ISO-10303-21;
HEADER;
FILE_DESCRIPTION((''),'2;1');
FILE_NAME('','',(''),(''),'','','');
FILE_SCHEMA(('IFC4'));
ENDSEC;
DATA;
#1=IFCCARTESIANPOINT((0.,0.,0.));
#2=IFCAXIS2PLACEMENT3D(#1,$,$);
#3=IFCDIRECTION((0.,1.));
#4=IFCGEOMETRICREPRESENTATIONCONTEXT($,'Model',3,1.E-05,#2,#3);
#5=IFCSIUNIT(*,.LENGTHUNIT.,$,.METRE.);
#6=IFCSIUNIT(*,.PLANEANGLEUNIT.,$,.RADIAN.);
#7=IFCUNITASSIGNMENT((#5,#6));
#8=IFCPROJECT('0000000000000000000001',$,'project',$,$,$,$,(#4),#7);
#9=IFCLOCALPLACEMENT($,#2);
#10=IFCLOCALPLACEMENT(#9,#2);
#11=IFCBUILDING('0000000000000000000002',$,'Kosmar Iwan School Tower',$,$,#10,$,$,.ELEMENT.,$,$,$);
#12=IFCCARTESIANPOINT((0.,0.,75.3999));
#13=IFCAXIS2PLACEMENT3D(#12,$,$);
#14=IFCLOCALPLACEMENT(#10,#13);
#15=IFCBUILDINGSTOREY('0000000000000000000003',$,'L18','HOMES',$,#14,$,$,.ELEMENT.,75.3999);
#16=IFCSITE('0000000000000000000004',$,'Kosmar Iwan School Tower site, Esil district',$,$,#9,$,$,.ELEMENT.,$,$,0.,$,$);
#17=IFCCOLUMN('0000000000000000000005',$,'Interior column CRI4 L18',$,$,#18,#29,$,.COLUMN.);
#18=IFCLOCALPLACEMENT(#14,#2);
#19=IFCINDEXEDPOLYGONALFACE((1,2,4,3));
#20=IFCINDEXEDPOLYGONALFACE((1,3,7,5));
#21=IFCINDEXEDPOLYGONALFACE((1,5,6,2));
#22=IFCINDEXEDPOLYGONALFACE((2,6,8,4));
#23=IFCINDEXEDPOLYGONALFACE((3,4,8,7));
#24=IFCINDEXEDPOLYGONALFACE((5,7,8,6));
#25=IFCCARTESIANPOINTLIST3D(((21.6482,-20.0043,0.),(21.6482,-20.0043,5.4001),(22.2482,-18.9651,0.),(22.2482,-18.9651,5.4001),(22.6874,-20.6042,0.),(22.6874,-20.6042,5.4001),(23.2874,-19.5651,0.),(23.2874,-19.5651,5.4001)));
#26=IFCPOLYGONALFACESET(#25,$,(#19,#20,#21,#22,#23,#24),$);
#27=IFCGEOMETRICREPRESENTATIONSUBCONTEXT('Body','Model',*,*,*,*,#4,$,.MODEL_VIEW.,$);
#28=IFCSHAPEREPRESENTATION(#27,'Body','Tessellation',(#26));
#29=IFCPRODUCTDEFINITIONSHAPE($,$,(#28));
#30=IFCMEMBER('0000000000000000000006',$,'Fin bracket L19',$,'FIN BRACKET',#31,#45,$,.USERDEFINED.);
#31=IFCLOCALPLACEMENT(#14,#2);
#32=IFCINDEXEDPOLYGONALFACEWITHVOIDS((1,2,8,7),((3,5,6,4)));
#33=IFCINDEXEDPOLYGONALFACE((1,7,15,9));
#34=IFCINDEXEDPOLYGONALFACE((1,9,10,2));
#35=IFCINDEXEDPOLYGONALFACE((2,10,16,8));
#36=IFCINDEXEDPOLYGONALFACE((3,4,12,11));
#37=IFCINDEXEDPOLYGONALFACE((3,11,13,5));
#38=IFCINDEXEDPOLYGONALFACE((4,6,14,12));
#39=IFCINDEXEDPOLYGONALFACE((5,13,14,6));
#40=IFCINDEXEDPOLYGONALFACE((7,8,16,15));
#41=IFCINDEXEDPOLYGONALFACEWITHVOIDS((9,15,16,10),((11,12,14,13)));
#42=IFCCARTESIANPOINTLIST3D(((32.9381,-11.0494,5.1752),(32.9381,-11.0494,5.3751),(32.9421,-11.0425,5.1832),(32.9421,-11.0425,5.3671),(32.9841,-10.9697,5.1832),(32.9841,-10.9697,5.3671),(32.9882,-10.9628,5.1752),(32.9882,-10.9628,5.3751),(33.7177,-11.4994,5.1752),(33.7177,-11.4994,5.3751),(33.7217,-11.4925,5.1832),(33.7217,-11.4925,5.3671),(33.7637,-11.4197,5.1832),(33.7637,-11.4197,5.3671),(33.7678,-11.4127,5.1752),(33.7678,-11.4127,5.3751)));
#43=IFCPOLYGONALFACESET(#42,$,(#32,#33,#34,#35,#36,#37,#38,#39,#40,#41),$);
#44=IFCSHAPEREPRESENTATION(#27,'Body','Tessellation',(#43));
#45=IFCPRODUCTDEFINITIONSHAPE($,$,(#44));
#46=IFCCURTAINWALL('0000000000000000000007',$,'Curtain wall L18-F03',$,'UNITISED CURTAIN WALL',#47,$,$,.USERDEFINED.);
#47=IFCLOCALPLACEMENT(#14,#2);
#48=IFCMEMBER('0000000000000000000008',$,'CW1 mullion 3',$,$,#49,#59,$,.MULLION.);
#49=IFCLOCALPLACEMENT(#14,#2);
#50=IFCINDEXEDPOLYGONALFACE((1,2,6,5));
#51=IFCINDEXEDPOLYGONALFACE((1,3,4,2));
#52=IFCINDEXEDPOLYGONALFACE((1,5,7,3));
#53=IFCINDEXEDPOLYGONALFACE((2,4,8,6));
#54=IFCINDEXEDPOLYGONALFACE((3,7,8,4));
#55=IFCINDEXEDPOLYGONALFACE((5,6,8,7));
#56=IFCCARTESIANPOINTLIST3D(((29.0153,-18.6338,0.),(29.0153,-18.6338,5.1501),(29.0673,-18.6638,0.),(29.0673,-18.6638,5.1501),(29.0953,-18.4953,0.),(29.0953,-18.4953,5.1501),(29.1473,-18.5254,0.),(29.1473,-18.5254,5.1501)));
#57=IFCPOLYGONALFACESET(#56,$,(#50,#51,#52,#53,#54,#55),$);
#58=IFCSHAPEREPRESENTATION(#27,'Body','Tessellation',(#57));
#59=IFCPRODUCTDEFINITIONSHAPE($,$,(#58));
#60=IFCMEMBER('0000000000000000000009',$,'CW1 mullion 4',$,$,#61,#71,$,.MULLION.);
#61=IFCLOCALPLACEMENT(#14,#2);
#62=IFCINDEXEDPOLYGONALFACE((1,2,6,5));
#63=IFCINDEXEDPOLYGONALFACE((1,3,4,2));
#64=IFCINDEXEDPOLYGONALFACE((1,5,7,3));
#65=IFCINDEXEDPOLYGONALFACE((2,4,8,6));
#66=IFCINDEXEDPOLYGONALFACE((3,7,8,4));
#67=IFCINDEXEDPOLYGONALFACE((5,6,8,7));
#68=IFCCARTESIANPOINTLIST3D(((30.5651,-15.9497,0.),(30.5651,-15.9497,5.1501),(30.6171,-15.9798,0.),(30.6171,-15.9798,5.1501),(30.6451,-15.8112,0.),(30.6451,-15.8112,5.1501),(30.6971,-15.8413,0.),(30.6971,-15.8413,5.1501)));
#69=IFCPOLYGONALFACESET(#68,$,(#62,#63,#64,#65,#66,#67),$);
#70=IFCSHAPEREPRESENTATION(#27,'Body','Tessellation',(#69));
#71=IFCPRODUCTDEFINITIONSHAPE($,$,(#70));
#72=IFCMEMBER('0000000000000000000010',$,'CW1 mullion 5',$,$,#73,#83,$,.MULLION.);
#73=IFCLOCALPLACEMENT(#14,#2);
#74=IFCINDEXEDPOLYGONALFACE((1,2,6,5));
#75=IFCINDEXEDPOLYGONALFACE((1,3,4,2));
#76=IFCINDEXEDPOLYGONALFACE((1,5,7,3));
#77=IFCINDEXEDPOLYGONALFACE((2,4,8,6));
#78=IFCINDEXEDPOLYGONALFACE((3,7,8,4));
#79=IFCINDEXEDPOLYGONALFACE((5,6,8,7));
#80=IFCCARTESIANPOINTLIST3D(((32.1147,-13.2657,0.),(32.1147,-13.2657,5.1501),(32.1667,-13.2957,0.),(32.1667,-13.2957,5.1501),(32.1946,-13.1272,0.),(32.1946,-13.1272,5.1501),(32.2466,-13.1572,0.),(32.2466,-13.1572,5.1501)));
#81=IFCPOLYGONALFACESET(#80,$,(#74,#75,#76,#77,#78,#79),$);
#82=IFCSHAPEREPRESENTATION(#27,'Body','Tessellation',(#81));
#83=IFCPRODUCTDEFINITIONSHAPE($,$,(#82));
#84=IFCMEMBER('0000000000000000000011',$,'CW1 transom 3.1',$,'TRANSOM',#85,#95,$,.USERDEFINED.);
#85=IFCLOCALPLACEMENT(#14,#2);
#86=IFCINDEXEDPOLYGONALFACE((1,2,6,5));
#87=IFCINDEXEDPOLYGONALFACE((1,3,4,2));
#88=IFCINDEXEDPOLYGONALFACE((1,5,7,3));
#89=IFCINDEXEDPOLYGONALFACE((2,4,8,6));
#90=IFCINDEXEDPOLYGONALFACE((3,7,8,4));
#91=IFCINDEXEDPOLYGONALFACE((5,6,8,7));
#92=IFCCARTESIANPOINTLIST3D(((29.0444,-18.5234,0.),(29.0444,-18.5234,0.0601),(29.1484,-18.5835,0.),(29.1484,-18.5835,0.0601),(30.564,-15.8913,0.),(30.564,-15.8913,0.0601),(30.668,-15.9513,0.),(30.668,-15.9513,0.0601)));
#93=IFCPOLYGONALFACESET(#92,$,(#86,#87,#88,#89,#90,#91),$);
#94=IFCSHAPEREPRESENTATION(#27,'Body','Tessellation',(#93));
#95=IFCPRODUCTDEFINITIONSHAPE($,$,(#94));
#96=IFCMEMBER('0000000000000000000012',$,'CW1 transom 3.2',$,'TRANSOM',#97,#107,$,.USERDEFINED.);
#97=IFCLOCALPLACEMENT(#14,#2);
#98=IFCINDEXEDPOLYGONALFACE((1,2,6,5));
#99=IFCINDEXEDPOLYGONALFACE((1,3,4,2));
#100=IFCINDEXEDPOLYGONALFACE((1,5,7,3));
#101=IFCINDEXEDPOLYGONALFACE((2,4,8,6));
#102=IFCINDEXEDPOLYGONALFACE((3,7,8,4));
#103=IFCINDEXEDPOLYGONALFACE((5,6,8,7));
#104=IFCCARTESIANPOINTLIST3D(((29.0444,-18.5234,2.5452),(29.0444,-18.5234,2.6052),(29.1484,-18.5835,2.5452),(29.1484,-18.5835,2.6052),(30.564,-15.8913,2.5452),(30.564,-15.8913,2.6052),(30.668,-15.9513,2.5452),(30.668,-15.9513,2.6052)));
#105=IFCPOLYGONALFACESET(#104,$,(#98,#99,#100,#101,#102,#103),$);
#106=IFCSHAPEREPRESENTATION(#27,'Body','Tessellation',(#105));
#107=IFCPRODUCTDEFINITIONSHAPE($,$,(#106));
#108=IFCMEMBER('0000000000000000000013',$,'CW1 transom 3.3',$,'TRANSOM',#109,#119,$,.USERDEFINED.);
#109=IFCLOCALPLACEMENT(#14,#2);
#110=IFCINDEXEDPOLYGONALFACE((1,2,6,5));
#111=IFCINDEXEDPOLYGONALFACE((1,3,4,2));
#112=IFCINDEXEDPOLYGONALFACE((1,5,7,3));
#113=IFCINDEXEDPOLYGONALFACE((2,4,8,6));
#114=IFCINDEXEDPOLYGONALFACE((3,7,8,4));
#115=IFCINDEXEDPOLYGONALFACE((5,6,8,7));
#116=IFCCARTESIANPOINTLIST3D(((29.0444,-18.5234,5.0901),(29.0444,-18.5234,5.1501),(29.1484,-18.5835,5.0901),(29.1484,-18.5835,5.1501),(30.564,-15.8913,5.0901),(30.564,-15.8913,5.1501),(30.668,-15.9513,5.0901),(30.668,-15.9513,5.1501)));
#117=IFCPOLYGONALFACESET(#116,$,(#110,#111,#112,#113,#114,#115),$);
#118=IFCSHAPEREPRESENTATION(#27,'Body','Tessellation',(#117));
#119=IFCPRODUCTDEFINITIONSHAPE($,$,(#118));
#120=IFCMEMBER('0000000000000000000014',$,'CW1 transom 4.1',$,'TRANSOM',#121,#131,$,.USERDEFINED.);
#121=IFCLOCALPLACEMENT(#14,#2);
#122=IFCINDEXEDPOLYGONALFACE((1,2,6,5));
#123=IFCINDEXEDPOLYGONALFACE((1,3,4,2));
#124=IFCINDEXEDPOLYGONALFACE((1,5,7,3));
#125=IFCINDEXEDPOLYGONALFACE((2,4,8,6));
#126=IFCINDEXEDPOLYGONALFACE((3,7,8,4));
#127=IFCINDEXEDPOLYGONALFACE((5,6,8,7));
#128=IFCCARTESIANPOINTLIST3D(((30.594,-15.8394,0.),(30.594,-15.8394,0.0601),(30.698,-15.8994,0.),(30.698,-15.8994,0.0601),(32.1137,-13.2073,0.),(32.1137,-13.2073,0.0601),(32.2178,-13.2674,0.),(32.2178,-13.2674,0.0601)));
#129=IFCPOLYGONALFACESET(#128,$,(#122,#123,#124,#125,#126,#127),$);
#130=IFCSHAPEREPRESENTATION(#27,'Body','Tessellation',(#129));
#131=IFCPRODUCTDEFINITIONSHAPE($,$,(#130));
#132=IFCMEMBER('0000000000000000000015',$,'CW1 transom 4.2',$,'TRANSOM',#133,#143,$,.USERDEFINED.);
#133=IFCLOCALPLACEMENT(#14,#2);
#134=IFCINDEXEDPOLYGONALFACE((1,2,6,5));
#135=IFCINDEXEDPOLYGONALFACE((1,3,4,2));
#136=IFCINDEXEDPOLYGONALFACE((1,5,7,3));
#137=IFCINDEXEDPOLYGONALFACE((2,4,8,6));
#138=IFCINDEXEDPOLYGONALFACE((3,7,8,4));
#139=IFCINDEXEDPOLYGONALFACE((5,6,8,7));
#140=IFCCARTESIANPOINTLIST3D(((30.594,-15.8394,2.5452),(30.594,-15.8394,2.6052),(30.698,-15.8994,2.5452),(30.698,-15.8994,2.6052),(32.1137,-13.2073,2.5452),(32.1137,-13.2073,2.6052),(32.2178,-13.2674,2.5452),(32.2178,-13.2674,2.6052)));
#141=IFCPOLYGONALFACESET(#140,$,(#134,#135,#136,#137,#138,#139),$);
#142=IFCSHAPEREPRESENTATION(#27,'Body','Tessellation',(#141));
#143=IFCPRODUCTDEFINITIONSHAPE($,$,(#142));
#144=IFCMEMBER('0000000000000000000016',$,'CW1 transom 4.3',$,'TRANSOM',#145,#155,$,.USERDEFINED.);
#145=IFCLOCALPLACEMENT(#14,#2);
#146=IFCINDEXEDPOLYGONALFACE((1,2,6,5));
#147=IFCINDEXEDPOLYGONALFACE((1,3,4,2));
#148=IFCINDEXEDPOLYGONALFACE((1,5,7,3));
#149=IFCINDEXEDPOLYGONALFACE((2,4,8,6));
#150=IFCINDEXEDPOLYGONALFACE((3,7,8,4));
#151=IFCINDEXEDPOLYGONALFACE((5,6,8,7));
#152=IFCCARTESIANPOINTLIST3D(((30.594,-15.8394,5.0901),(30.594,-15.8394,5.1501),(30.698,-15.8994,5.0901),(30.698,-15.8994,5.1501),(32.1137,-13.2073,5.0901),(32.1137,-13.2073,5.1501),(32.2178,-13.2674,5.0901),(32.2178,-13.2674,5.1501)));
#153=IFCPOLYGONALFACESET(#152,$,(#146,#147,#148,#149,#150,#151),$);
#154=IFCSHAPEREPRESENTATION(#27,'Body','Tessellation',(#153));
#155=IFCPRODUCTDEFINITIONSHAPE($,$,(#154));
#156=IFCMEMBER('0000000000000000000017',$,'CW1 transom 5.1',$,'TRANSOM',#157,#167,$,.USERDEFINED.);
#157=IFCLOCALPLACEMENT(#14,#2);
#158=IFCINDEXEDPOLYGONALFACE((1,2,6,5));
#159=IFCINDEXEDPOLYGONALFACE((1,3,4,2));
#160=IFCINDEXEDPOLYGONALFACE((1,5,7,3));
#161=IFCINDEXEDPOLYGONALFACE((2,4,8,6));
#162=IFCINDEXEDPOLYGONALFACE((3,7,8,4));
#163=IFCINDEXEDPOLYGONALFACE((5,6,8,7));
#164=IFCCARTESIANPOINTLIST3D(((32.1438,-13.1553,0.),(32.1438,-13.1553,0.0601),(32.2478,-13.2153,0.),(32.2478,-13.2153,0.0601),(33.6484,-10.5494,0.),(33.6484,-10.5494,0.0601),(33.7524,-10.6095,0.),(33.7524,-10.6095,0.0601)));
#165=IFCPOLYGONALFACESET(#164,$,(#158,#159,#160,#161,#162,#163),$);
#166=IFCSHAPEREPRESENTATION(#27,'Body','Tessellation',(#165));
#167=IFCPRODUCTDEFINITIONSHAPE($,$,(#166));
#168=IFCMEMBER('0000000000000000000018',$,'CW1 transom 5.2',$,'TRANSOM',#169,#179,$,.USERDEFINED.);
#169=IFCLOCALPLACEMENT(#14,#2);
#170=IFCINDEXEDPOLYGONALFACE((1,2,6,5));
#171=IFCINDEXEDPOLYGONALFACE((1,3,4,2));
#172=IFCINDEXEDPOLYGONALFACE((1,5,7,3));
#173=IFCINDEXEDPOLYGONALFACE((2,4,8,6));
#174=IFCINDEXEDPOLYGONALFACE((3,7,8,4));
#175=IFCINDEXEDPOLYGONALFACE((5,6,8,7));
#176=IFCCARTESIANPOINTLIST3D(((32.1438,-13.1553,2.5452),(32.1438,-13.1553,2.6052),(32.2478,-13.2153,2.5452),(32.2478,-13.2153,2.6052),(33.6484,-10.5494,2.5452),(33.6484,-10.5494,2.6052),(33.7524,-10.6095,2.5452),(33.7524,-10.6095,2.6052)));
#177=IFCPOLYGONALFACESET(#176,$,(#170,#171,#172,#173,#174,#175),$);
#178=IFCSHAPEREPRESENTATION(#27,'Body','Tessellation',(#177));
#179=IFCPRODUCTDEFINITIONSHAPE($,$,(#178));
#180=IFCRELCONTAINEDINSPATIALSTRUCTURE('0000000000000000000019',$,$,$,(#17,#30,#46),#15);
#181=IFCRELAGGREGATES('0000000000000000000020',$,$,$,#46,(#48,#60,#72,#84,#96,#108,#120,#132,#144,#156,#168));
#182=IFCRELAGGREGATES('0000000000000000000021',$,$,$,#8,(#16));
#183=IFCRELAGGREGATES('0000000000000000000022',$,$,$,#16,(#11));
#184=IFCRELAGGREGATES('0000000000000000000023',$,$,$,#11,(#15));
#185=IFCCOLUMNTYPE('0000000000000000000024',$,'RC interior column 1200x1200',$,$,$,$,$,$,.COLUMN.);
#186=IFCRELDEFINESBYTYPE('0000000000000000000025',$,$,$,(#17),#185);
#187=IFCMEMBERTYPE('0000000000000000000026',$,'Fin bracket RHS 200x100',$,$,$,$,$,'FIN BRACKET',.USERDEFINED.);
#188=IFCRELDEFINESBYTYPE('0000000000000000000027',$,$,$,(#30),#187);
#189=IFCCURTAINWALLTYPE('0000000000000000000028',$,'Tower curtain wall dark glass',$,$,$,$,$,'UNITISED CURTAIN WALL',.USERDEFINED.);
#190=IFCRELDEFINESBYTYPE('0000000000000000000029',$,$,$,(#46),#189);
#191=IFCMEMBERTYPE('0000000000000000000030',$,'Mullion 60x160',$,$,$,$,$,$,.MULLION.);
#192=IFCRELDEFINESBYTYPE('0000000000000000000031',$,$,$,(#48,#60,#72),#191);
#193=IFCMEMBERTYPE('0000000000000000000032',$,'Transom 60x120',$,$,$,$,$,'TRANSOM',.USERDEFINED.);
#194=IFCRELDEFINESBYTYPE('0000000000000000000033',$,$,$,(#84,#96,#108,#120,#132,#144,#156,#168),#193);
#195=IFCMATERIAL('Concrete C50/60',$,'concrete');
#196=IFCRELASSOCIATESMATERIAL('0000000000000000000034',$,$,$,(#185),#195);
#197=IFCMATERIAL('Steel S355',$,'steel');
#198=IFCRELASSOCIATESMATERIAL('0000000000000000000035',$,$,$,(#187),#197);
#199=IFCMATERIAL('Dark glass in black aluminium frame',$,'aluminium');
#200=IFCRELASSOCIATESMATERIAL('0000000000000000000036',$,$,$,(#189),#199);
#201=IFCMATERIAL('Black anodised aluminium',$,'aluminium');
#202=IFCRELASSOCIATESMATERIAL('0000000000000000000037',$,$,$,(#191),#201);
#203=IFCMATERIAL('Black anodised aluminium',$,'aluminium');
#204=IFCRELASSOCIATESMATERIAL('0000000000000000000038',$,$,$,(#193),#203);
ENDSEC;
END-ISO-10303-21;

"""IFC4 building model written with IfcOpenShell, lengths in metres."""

from ifc_helpers import new_model, si_unit, direction, frame, origin, origin_2d, place, context, subcontext, project, spatial, rectangle, hollow_rectangle, extrude, material, material_profile, profile_set, type_object, element, aggregate, save


model = new_model("IFC4")

# Units and contexts
model_context = context("Model", 3, precision=1e-05, world=origin(), true_north=direction((0.0, 1.0)))
body_context = subcontext(model_context, "Body", "Model", "MODEL_VIEW")
ifc_project = project(units=[si_unit("LENGTHUNIT", "METRE"), si_unit("PLANEANGLEUNIT", "RADIAN")], contexts=[model_context])

# Site, building, storey
site_placement = place(None, origin())
site = spatial("IfcSite", under=ifc_project, at=site_placement, Name="Kosmar Iwan School Tower site, Esil district", CompositionType="ELEMENT", RefElevation=0.0)
building_placement = place(site_placement, origin())
building = spatial("IfcBuilding", under=site, at=building_placement, Name="Kosmar Iwan School Tower", CompositionType="ELEMENT")
storey_placement = place(building_placement, frame((0.0, 0.0, 75.3999)))
storey = spatial("IfcBuildingStorey", under=building, at=storey_placement, Name="L18", Description="HOMES", CompositionType="ELEMENT", Elevation=75.3999)

# Column
ifc_material_1 = material(Name="Concrete C50/60", Category="concrete")
ifc_material_profile_1 = material_profile(ifc_material_1, rectangle(XDim=1.2, YDim=1.2, at=origin_2d()), Name="RC 1200x1200")
ifc_profile_set_1 = profile_set([ifc_material_profile_1], Name="Concrete C50/60")
column_type = type_object("IfcColumnType", Name="RC interior column 1200x1200", PredefinedType="COLUMN", material=ifc_profile_set_1)
column_placement = place(storey_placement, frame((22.4678, -19.7847, 0.0), z_axis=(0.0, 0.0, 1.0), x_axis=(0.866025, -0.5, 0.0)))
element("IfcColumn", 1, at=column_placement, inside=storey, type_object=column_type, Name="Interior column CRI4 L18", PredefinedType="COLUMN", context=body_context, shape_type="SweptSolid", body=[
    extrude(rectangle(XDim=1.2, YDim=1.2, at=origin_2d()), origin(), (0.0, 0.0, 1.0), 5.4001),
])

# Member
ifc_material_2 = material(Name="Steel S355", Category="steel")
ifc_material_profile_2 = material_profile(ifc_material_2, hollow_rectangle(XDim=0.1001, YDim=0.2, WallThickness=0.0081, at=origin_2d()), Name="RHS 200x100x8")
ifc_profile_set_2 = profile_set([ifc_material_profile_2], Name="Steel S355")
member_type_1 = type_object("IfcMemberType", Name="Fin bracket RHS 200x100", ElementType="FIN BRACKET", PredefinedType="USERDEFINED", material=ifc_profile_set_2)
member_1_placement = place(storey_placement, frame((32.9631, -11.0061, 5.2751), z_axis=(0.866082, -0.499902, 0.0), x_axis=(0.499902, 0.866082, 0.0)))
element("IfcMember", 2, at=member_1_placement, inside=storey, type_object=member_type_1, Name="Fin bracket L19", ObjectType="FIN BRACKET", PredefinedType="USERDEFINED", context=body_context, shape_type="SweptSolid", body=[
    extrude(hollow_rectangle(XDim=0.1001, YDim=0.2, WallThickness=0.0081, at=origin_2d()), origin(), (0.0, 0.0, 1.0), 0.9001),
])

# Curtain wall, members
ifc_material_3 = material(Name="Dark glass in black aluminium frame", Category="aluminium")
curtain_wall_type = type_object("IfcCurtainWallType", Name="Tower curtain wall dark glass", ElementType="UNITISED CURTAIN WALL", PredefinedType="USERDEFINED", material=ifc_material_3)
curtain_wall_placement = place(storey_placement, origin())
curtain_wall = element("IfcCurtainWall", 3, at=curtain_wall_placement, inside=storey, type_object=curtain_wall_type, Name="Curtain wall L18-F03", ObjectType="UNITISED CURTAIN WALL", PredefinedType="USERDEFINED")
ifc_material_4 = material(Name="Black anodised aluminium", Category="aluminium")
ifc_material_profile_3 = material_profile(ifc_material_4, rectangle(XDim=0.0601, YDim=0.1599, at=origin_2d()), Name="MULLION 60x160")
ifc_profile_set_3 = profile_set([ifc_material_profile_3], Name="Black anodised aluminium")
member_type_2 = type_object("IfcMemberType", Name="Mullion 60x160", PredefinedType="MULLION", material=ifc_profile_set_3)
member_2_placement = place(storey_placement, frame((29.0813, -18.5796, 0.0), z_axis=(0.0, 0.0, 1.0), x_axis=(-0.866025, 0.5, 0.0)))
member_2 = element("IfcMember", 4, at=member_2_placement, type_object=member_type_2, Name="CW1 mullion 3", PredefinedType="MULLION", context=body_context, shape_type="SweptSolid", body=[
    extrude(rectangle(XDim=0.0601, YDim=0.1599, at=origin_2d()), origin(), (0.0, 0.0, 1.0), 5.1501),
])
member_3_placement = place(storey_placement, frame((30.6311, -15.8955, 0.0), z_axis=(0.0, 0.0, 1.0), x_axis=(-0.866025, 0.5, 0.0)))
member_3 = element("IfcMember", 5, at=member_3_placement, type_object=member_type_2, Name="CW1 mullion 4", PredefinedType="MULLION", context=body_context, shape_type="SweptSolid", body=[
    extrude(rectangle(XDim=0.0601, YDim=0.1599, at=origin_2d()), origin(), (0.0, 0.0, 1.0), 5.1501),
])
member_4_placement = place(storey_placement, frame((32.1807, -13.2114, 0.0), z_axis=(0.0, 0.0, 1.0), x_axis=(-0.866025, 0.5, 0.0)))
member_4 = element("IfcMember", 6, at=member_4_placement, type_object=member_type_2, Name="CW1 mullion 5", PredefinedType="MULLION", context=body_context, shape_type="SweptSolid", body=[
    extrude(rectangle(XDim=0.0601, YDim=0.1599, at=origin_2d()), origin(), (0.0, 0.0, 1.0), 5.1501),
])
ifc_material_5 = material(Name="Black anodised aluminium", Category="aluminium")
ifc_material_profile_4 = material_profile(ifc_material_5, rectangle(XDim=0.1201, YDim=0.0601, at=origin_2d()), Name="TRANSOM 60x120")
ifc_profile_set_4 = profile_set([ifc_material_profile_4], Name="Black anodised aluminium")
member_type_3 = type_object("IfcMemberType", Name="Transom 60x120", ElementType="TRANSOM", PredefinedType="USERDEFINED", material=ifc_profile_set_4)
member_5_placement = place(storey_placement, frame((29.0964, -18.5535, 0.03), z_axis=(0.499975, 0.86604, 0.0), x_axis=(-0.86604, 0.499975, 0.0)))
member_5 = element("IfcMember", 7, at=member_5_placement, type_object=member_type_3, Name="CW1 transom 3.1", ObjectType="TRANSOM", PredefinedType="USERDEFINED", context=body_context, shape_type="SweptSolid", body=[
    extrude(rectangle(XDim=0.1201, YDim=0.0601, at=origin_2d()), origin(), (0.0, 0.0, 1.0), 3.0393),
])
member_6_placement = place(storey_placement, frame((29.0964, -18.5535, 2.5752), z_axis=(0.499975, 0.86604, 0.0), x_axis=(-0.86604, 0.499975, 0.0)))
member_6 = element("IfcMember", 8, at=member_6_placement, type_object=member_type_3, Name="CW1 transom 3.2", ObjectType="TRANSOM", PredefinedType="USERDEFINED", context=body_context, shape_type="SweptSolid", body=[
    extrude(rectangle(XDim=0.1201, YDim=0.0601, at=origin_2d()), origin(), (0.0, 0.0, 1.0), 3.0393),
])
member_7_placement = place(storey_placement, frame((29.0964, -18.5535, 5.1201), z_axis=(0.499975, 0.86604, 0.0), x_axis=(-0.86604, 0.499975, 0.0)))
member_7 = element("IfcMember", 9, at=member_7_placement, type_object=member_type_3, Name="CW1 transom 3.3", ObjectType="TRANSOM", PredefinedType="USERDEFINED", context=body_context, shape_type="SweptSolid", body=[
    extrude(rectangle(XDim=0.1201, YDim=0.0601, at=origin_2d()), origin(), (0.0, 0.0, 1.0), 3.0393),
])
member_8_placement = place(storey_placement, frame((30.646, -15.8694, 0.03), z_axis=(0.500035, 0.866005, 0.0), x_axis=(-0.866005, 0.500035, 0.0)))
member_8 = element("IfcMember", 10, at=member_8_placement, type_object=member_type_3, Name="CW1 transom 4.1", ObjectType="TRANSOM", PredefinedType="USERDEFINED", context=body_context, shape_type="SweptSolid", body=[
    extrude(rectangle(XDim=0.1201, YDim=0.0601, at=origin_2d()), origin(), (0.0, 0.0, 1.0), 3.0393),
])
member_9_placement = place(storey_placement, frame((30.646, -15.8694, 2.5752), z_axis=(0.500035, 0.866005, 0.0), x_axis=(-0.866005, 0.500035, 0.0)))
member_9 = element("IfcMember", 11, at=member_9_placement, type_object=member_type_3, Name="CW1 transom 4.2", ObjectType="TRANSOM", PredefinedType="USERDEFINED", context=body_context, shape_type="SweptSolid", body=[
    extrude(rectangle(XDim=0.1201, YDim=0.0601, at=origin_2d()), origin(), (0.0, 0.0, 1.0), 3.0393),
])
member_10_placement = place(storey_placement, frame((30.646, -15.8694, 5.1201), z_axis=(0.500035, 0.866005, 0.0), x_axis=(-0.866005, 0.500035, 0.0)))
member_10 = element("IfcMember", 12, at=member_10_placement, type_object=member_type_3, Name="CW1 transom 4.3", ObjectType="TRANSOM", PredefinedType="USERDEFINED", context=body_context, shape_type="SweptSolid", body=[
    extrude(rectangle(XDim=0.1201, YDim=0.0601, at=origin_2d()), origin(), (0.0, 0.0, 1.0), 3.0393),
])
member_11_placement = place(storey_placement, frame((32.1958, -13.1853, 0.03), z_axis=(0.500022, 0.866013, 0.0), x_axis=(-0.866013, 0.500022, 0.0)))
member_11 = element("IfcMember", 13, at=member_11_placement, type_object=member_type_3, Name="CW1 transom 5.1", ObjectType="TRANSOM", PredefinedType="USERDEFINED", context=body_context, shape_type="SweptSolid", body=[
    extrude(rectangle(XDim=0.1201, YDim=0.0601, at=origin_2d()), origin(), (0.0, 0.0, 1.0), 3.009),
])
member_12_placement = place(storey_placement, frame((32.1958, -13.1853, 2.5752), z_axis=(0.500022, 0.866013, 0.0), x_axis=(-0.866013, 0.500022, 0.0)))
member_12 = element("IfcMember", 14, at=member_12_placement, type_object=member_type_3, Name="CW1 transom 5.2", ObjectType="TRANSOM", PredefinedType="USERDEFINED", context=body_context, shape_type="SweptSolid", body=[
    extrude(rectangle(XDim=0.1201, YDim=0.0601, at=origin_2d()), origin(), (0.0, 0.0, 1.0), 3.009),
])
aggregate(curtain_wall, [member_2, member_3, member_4, member_5, member_6, member_7, member_8, member_9, member_10, member_11, member_12])

save(model, "model.ifc")
